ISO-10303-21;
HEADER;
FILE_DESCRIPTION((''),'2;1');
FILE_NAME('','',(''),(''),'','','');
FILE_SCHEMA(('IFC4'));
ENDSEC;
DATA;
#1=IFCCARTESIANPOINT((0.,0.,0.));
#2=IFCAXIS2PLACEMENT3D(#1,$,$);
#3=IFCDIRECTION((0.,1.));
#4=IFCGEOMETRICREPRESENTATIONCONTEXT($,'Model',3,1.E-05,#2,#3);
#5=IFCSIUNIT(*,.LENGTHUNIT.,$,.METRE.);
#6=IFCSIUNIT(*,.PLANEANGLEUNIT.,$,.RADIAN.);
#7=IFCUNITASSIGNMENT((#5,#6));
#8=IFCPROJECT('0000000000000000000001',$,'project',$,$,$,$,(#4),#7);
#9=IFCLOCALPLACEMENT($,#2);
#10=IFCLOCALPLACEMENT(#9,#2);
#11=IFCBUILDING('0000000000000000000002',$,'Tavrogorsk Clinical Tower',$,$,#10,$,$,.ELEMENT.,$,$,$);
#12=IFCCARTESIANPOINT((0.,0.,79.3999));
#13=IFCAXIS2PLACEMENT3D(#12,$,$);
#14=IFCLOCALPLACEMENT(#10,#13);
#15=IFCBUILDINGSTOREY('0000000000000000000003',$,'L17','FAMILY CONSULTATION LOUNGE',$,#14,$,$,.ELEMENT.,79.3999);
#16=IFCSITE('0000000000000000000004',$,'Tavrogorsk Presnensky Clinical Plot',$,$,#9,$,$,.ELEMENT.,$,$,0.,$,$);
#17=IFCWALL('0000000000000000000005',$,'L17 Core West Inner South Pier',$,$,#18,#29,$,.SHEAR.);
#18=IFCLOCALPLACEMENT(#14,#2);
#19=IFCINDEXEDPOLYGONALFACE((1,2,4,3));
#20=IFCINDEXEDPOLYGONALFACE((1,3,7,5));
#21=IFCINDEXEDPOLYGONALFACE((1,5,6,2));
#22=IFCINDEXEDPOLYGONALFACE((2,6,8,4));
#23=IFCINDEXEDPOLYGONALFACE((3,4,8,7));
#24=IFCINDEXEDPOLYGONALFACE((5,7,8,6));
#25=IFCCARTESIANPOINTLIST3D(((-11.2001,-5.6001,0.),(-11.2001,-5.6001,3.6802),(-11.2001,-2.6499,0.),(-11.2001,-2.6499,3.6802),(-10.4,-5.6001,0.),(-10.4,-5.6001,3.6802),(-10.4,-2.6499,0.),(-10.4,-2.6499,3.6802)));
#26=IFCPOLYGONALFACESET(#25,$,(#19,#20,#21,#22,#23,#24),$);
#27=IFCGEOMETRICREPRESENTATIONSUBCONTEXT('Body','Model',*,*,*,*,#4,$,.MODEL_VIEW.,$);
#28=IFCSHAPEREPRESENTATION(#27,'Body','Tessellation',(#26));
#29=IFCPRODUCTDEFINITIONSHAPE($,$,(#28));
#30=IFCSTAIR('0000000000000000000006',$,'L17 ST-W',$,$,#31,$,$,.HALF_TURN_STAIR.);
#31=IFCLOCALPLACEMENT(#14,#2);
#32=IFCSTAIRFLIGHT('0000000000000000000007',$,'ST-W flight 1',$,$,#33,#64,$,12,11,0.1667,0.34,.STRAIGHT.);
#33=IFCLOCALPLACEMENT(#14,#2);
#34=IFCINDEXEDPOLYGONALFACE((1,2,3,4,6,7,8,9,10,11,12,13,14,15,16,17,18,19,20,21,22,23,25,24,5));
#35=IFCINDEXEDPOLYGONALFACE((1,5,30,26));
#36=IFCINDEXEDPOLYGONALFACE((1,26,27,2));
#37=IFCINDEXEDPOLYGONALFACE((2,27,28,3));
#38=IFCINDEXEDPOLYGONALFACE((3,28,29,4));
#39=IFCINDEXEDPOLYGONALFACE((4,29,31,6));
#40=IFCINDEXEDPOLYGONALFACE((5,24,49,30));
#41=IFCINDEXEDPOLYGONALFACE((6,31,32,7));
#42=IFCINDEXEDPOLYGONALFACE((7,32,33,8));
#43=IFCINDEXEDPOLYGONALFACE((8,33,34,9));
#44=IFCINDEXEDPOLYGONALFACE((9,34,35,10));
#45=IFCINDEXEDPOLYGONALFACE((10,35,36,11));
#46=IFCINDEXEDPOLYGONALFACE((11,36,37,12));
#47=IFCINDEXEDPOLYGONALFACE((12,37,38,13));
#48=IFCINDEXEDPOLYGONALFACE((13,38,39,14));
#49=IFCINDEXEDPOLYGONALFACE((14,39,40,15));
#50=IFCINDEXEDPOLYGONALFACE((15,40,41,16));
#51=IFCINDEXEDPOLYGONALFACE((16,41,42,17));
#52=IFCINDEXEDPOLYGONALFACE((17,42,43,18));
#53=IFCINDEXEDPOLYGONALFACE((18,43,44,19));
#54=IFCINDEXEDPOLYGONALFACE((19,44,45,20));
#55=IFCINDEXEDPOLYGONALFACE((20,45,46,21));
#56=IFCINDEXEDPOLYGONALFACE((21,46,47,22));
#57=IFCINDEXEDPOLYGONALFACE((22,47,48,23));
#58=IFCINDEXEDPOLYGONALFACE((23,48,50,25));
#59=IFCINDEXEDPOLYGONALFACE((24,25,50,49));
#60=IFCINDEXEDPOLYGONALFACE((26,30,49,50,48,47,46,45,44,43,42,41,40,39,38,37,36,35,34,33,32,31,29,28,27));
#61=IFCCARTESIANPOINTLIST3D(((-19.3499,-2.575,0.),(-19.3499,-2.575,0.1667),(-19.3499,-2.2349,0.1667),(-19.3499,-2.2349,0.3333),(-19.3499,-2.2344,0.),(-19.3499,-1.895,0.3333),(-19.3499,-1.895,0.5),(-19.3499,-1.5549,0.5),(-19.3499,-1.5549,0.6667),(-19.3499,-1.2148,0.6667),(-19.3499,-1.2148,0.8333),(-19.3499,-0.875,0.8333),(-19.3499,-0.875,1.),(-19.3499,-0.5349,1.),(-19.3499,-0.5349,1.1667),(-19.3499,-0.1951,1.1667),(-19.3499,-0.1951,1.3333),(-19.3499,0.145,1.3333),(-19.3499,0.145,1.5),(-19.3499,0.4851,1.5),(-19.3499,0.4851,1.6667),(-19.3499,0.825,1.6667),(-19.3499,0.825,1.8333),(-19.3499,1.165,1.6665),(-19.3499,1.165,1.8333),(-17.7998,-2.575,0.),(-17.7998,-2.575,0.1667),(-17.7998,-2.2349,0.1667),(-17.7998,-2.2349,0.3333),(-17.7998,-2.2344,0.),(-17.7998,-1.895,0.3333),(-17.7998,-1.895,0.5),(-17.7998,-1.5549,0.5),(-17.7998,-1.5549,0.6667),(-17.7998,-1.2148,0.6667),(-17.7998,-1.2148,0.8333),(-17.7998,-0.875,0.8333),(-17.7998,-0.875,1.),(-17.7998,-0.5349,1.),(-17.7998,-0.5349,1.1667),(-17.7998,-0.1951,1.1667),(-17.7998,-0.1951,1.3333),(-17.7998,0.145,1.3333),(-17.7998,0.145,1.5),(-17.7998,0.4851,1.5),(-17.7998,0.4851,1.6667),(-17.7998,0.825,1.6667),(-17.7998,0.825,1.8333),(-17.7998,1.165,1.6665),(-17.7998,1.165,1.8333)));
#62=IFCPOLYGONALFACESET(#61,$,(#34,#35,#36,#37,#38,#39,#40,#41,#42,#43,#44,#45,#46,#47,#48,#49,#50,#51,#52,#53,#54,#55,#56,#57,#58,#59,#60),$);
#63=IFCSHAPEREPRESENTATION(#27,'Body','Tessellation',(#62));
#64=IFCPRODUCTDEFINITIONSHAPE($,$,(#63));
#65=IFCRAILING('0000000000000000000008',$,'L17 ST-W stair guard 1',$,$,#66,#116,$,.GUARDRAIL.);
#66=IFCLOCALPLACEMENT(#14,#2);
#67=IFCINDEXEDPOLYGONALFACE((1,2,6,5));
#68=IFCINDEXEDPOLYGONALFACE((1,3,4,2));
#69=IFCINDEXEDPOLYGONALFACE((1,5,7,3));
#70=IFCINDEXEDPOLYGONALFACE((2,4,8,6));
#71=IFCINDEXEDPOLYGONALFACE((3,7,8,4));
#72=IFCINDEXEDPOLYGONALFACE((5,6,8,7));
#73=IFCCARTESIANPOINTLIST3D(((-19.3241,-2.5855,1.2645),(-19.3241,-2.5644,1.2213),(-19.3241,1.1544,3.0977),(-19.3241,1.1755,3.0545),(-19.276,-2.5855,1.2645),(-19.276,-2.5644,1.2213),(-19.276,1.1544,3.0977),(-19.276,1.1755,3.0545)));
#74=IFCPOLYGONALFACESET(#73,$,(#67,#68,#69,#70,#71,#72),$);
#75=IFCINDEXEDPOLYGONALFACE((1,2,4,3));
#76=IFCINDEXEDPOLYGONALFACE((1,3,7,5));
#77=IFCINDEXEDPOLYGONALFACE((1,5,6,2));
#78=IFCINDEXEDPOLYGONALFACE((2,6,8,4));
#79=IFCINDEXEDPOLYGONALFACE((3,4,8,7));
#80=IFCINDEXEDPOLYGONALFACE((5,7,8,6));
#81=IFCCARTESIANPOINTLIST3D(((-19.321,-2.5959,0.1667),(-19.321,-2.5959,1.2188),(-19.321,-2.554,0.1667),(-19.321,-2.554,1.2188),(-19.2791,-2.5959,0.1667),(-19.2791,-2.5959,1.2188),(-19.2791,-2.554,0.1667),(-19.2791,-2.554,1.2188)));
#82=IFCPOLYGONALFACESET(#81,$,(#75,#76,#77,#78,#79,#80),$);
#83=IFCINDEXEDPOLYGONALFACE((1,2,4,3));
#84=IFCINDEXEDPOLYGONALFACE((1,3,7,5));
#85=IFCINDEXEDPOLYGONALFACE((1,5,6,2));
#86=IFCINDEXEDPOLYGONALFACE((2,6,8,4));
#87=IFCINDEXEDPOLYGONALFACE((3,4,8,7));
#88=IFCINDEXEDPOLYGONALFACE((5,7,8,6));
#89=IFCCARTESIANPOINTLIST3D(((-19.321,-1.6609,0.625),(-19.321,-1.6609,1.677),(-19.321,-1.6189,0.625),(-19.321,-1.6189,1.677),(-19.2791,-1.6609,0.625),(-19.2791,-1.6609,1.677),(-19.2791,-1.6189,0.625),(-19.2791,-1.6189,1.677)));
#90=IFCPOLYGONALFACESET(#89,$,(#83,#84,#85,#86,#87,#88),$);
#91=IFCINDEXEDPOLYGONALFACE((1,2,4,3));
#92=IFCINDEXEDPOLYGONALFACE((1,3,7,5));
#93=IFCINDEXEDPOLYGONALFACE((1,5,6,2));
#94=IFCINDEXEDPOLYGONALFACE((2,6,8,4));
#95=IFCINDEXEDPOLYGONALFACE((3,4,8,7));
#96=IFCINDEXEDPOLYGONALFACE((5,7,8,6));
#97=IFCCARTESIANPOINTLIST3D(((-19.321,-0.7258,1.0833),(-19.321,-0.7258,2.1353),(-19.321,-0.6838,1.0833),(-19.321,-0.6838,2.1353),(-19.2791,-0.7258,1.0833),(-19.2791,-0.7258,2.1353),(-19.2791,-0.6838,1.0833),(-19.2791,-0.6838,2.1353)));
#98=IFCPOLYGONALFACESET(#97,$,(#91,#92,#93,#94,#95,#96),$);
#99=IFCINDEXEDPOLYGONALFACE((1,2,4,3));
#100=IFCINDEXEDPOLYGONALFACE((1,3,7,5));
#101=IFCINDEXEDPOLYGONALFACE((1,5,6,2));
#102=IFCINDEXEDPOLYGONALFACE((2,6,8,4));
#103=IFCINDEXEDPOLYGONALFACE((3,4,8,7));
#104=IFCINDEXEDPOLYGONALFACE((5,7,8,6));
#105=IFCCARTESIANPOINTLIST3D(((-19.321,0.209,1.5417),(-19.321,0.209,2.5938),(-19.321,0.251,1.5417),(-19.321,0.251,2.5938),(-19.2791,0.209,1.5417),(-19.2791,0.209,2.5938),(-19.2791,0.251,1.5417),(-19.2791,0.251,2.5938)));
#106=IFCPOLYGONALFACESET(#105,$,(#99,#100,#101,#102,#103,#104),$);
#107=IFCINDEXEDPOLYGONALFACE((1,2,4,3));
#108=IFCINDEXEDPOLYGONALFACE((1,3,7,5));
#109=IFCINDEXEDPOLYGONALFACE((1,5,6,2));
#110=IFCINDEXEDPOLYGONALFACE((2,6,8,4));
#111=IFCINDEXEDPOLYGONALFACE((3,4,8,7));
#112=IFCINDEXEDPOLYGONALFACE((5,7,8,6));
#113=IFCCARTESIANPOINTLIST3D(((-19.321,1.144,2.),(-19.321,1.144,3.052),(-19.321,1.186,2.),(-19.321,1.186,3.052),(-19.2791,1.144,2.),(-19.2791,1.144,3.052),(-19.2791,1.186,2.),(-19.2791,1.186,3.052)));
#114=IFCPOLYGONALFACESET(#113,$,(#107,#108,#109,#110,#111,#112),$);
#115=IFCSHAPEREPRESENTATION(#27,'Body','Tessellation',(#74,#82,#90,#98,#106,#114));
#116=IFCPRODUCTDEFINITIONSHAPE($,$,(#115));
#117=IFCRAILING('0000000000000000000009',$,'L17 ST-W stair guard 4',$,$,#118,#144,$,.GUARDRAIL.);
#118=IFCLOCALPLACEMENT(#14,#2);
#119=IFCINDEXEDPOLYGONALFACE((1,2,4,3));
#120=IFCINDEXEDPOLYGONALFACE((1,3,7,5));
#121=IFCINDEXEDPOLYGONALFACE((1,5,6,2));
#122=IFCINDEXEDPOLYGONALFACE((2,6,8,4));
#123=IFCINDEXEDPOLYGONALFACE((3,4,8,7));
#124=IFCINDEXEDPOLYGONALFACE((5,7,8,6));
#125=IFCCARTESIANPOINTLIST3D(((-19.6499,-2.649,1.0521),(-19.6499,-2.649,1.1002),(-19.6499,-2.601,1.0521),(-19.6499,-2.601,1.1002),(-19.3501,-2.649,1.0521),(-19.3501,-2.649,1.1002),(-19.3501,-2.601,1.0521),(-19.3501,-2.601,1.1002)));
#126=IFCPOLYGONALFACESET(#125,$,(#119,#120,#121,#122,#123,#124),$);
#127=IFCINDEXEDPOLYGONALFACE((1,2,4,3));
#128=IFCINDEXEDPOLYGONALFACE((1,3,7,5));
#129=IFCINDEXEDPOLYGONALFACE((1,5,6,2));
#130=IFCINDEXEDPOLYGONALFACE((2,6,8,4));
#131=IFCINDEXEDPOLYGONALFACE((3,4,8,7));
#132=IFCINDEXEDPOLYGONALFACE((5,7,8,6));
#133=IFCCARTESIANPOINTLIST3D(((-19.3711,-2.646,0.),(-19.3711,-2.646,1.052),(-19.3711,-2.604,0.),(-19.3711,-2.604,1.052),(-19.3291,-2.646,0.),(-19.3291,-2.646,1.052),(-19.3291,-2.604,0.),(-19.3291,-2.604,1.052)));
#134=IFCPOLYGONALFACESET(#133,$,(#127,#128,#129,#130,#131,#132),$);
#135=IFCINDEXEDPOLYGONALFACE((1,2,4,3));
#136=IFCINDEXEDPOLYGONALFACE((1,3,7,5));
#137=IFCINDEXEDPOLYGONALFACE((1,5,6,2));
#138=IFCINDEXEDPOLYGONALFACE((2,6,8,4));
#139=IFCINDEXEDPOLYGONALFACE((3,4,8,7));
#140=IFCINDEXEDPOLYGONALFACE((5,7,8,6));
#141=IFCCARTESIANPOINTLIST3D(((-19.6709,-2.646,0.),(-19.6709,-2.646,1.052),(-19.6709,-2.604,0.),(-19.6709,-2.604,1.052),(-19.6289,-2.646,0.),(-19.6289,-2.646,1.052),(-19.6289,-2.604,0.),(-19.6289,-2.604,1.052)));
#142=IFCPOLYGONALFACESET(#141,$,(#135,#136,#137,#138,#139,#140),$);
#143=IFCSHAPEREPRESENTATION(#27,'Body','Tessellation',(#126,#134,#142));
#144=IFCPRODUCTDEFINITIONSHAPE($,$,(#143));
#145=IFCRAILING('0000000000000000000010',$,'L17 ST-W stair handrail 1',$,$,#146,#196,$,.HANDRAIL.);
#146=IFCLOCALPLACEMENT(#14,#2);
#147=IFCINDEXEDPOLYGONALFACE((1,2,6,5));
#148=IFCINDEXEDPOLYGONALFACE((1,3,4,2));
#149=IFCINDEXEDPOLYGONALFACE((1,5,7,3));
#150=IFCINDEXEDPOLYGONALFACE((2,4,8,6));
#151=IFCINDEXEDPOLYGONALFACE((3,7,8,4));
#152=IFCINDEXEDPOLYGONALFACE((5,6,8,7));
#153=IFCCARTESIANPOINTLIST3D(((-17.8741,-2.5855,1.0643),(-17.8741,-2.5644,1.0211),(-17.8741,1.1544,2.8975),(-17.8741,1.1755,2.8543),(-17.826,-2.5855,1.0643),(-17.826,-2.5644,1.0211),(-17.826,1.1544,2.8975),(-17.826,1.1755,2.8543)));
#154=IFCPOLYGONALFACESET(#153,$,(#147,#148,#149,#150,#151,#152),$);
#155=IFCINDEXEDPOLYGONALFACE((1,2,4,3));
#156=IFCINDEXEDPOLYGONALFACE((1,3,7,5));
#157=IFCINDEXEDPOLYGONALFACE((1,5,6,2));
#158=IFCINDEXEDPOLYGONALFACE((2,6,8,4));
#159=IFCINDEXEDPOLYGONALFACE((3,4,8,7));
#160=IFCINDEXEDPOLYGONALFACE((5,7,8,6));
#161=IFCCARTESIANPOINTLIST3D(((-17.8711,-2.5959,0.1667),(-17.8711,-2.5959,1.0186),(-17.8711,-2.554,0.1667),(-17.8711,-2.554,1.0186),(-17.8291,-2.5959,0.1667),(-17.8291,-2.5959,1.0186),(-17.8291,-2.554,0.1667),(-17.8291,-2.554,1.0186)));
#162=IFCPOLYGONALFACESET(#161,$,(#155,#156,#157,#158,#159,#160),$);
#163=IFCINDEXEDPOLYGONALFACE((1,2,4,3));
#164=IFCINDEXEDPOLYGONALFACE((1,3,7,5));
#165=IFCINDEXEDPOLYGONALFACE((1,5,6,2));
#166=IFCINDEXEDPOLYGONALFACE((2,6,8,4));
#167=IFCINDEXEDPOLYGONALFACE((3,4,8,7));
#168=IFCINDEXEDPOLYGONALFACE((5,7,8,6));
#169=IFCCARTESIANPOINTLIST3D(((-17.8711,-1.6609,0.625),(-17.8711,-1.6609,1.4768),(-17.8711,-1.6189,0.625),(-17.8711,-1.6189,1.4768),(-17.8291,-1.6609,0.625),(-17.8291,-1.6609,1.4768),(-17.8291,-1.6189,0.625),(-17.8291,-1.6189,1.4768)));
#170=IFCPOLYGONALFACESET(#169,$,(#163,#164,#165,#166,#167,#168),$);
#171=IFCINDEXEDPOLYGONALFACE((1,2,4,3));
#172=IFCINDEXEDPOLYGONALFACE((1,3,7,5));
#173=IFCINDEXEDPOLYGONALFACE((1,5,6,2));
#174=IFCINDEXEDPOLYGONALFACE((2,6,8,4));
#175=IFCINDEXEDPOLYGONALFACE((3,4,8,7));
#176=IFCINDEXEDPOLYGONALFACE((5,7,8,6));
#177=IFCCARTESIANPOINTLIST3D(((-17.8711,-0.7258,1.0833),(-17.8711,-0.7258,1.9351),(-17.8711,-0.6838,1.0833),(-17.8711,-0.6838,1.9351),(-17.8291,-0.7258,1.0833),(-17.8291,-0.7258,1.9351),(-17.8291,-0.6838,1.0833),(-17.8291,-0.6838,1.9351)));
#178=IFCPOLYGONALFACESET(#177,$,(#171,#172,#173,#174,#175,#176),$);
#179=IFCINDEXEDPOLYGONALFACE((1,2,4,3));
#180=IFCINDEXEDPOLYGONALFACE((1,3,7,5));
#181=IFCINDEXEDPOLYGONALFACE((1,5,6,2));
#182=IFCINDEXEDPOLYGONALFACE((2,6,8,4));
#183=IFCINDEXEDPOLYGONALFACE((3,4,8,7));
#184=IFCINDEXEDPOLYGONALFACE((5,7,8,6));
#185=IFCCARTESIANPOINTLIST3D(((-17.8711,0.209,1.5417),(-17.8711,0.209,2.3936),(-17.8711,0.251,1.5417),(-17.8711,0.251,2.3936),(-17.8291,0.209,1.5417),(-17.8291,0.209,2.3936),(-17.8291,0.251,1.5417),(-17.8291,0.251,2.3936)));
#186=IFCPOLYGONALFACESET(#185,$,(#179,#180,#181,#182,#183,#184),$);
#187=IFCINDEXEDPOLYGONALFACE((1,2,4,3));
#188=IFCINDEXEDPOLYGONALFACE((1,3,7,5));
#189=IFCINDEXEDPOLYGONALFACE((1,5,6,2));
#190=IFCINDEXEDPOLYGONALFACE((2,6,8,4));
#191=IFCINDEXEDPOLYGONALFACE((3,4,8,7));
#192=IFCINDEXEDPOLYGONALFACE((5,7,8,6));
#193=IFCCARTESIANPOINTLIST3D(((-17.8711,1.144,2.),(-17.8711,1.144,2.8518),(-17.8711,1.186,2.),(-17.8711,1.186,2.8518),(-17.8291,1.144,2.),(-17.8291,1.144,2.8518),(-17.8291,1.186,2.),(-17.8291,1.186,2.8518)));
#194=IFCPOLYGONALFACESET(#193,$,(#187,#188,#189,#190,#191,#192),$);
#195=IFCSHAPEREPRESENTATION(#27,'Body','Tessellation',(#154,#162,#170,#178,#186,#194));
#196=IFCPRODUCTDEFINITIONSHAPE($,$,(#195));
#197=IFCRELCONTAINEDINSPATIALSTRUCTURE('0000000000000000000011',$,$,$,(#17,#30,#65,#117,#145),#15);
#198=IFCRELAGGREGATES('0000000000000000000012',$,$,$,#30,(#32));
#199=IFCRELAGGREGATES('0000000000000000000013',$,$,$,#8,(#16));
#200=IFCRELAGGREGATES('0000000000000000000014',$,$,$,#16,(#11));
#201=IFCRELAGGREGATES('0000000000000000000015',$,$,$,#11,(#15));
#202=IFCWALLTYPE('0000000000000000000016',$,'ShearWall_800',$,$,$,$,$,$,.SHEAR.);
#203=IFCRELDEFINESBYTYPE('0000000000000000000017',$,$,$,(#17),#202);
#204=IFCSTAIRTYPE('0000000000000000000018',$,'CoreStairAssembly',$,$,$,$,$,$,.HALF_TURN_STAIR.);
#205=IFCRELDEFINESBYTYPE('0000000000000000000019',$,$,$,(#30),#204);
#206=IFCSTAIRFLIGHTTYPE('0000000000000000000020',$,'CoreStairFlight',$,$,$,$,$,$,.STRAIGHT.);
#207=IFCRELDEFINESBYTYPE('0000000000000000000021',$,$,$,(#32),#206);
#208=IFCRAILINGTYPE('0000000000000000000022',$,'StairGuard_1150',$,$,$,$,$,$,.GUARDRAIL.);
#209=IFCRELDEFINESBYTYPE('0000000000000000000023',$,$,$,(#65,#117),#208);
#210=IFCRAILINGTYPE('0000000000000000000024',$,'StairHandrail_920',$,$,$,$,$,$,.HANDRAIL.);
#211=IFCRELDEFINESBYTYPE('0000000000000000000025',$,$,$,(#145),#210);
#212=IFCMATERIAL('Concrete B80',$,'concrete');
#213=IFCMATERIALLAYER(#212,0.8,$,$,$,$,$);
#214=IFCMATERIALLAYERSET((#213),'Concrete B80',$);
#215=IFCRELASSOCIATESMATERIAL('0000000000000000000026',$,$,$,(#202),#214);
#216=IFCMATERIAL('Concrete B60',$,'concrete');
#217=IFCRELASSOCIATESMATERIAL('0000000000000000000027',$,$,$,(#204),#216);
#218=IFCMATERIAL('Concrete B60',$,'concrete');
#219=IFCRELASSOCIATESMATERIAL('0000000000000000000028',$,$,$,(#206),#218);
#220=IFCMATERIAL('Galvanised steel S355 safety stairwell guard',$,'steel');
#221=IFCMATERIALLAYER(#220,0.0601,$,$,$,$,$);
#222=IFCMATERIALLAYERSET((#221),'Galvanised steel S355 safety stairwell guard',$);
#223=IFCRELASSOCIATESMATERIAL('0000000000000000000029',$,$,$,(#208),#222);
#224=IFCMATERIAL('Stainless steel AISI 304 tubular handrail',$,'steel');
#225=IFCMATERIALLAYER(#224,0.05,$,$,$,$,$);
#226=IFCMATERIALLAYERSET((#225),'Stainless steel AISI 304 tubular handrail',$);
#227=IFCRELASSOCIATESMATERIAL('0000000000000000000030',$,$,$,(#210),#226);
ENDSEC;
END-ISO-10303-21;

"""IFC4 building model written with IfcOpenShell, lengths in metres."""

from ifc_helpers import new_model, si_unit, direction, frame, frame_2d, origin, origin_2d, place, context, subcontext, project, spatial, polyline, rectangle, outline, extrude, material, layer, layer_set, type_object, element, aggregate, save


model = new_model("IFC4")

# Units and contexts
model_context = context("Model", 3, precision=1e-05, world=origin(), true_north=direction((0.0, 1.0)))
body_context = subcontext(model_context, "Body", "Model", "MODEL_VIEW")
ifc_project = project(units=[si_unit("LENGTHUNIT", "METRE"), si_unit("PLANEANGLEUNIT", "RADIAN")], contexts=[model_context])

# Site, building, storey
site_placement = place(None, origin())
site = spatial("IfcSite", under=ifc_project, at=site_placement, Name="Tavrogorsk Presnensky Clinical Plot", CompositionType="ELEMENT", RefElevation=0.0)
building_placement = place(site_placement, origin())
building = spatial("IfcBuilding", under=site, at=building_placement, Name="Tavrogorsk Clinical Tower", CompositionType="ELEMENT")
storey_placement = place(building_placement, frame((0.0, 0.0, 79.3999)))
storey = spatial("IfcBuildingStorey", under=building, at=storey_placement, Name="L17", Description="FAMILY CONSULTATION LOUNGE", CompositionType="ELEMENT", Elevation=79.3999)

# Wall
ifc_material_1 = material(Name="Concrete B80", Category="concrete")
ifc_layer_1 = layer(ifc_material_1, 0.8)
ifc_layer_set_1 = layer_set([ifc_layer_1], Name="Concrete B80")
wall_type_1 = type_object("IfcWallType", Name="ShearWall_800", PredefinedType="SHEAR", material=ifc_layer_set_1)
wall_1_placement = place(storey_placement, frame((-10.8, -5.6001, 0.0), z_axis=(0.0, 0.0, 1.0), x_axis=(0.0, 1.0, 0.0)))
element("IfcWall", 1, at=wall_1_placement, inside=storey, type_object=wall_type_1, Name="L17 Core West Inner South Pier", PredefinedType="SHEAR", context=body_context, shape_type="SweptSolid", body=[
    extrude(rectangle(XDim=2.9502, YDim=0.8, at=frame_2d((1.4751, 0.0))), origin(), (0.0, 0.0, 1.0), 3.6802),
])

# Stair, stair flight
ifc_material_2 = material(Name="Concrete B60", Category="concrete")
stair_type = type_object("IfcStairType", Name="CoreStairAssembly", PredefinedType="HALF_TURN_STAIR", material=ifc_material_2)
stair_placement = place(storey_placement, origin())
stair = element("IfcStair", 2, at=stair_placement, inside=storey, type_object=stair_type, Name="L17 ST-W", PredefinedType="HALF_TURN_STAIR")
ifc_material_3 = material(Name="Concrete B60", Category="concrete")
stair_flight_type = type_object("IfcStairFlightType", Name="CoreStairFlight", PredefinedType="STRAIGHT", material=ifc_material_3)
stair_flight_placement = place(storey_placement, frame((-18.575, -2.575, 0.0), z_axis=(0.0, 0.0, 1.0), x_axis=(0.0, 1.0, 0.0)))
stair_flight = element("IfcStairFlight", 3, at=stair_flight_placement, type_object=stair_flight_type, Name="ST-W flight 1", NumberOfRisers=12, NumberOfTreads=11, PredefinedType="STRAIGHT", RiserHeight=0.1667, TreadLength=0.34, context=body_context, shape_type="SweptSolid", body=[
    extrude(outline(polyline([(0.0, 0.0), (0.0, 0.1667), (0.3401, 0.1667), (0.3401, 0.3333), (0.6799, 0.3333), (0.6799, 0.5), (1.02, 0.5), (1.02, 0.6667), (1.3601, 0.6667), (1.3601, 0.8333), (1.7, 0.8333), (1.7, 1.0), (2.04, 1.0), (2.04, 1.1667), (2.3799, 1.1667), (2.3799, 1.3333), (2.72, 1.3333), (2.72, 1.5), (3.0601, 1.5), (3.0601, 1.6667), (3.3999, 1.6667), (3.3999, 1.8333), (3.74, 1.8333), (3.74, 2.0), (3.74, 1.6665), (0.3406, 0.0), (0.0, 0.0)])), frame((0.0, 0.7749, 0.0), z_axis=(0.0, -1.0, 0.0), x_axis=(1.0, 0.0, 0.0)), (0.0, 0.0, 1.0), 1.55),
])
aggregate(stair, [stair_flight])

# Railings
ifc_material_4 = material(Name="Galvanised steel S355 safety stairwell guard", Category="steel")
ifc_layer_2 = layer(ifc_material_4, 0.0601)
ifc_layer_set_2 = layer_set([ifc_layer_2], Name="Galvanised steel S355 safety stairwell guard")
railing_type_1 = type_object("IfcRailingType", Name="StairGuard_1150", PredefinedType="GUARDRAIL", material=ifc_layer_set_2)
railing_1_placement = place(storey_placement, frame((-19.3, -2.575, 0.1667)))
element("IfcRailing", 4, at=railing_1_placement, inside=storey, type_object=railing_type_1, Name="L17 ST-W stair guard 1", PredefinedType="GUARDRAIL", context=body_context, shape_type="SweptSolid", body=[
    extrude(rectangle(XDim=0.0481, YDim=0.0481, at=origin_2d()), frame((0.0, 0.0, 1.0762), z_axis=(0.0, 0.897928, 0.440142), x_axis=(-1.0, 0.0, 0.0)), (0.0, 0.0, 1.0), 4.165),
    extrude(rectangle(XDim=0.042, YDim=0.042, at=origin_2d()), origin(), (0.0, 0.0, 1.0), 1.052),
    extrude(rectangle(XDim=0.042, YDim=0.042, at=origin_2d()), frame((0.0, 0.9351, 0.4583)), (0.0, 0.0, 1.0), 1.052),
    extrude(rectangle(XDim=0.042, YDim=0.042, at=origin_2d()), frame((0.0, 1.8701, 0.9165)), (0.0, 0.0, 1.0), 1.052),
    extrude(rectangle(XDim=0.042, YDim=0.042, at=origin_2d()), frame((0.0, 2.8049, 1.375)), (0.0, 0.0, 1.0), 1.052),
    extrude(rectangle(XDim=0.042, YDim=0.042, at=origin_2d()), frame((0.0, 3.74, 1.8333)), (0.0, 0.0, 1.0), 1.052),
])
railing_2_placement = place(storey_placement, frame((-19.3501, -2.625, 0.0)))
element("IfcRailing", 5, at=railing_2_placement, inside=storey, type_object=railing_type_1, Name="L17 ST-W stair guard 4", PredefinedType="GUARDRAIL", context=body_context, shape_type="SweptSolid", body=[
    extrude(rectangle(XDim=0.0481, YDim=0.0481, at=origin_2d()), frame((0.0, 0.0, 1.0762), z_axis=(-1.0, 0.0, 0.0), x_axis=(0.0, -1.0, 0.0)), (0.0, 0.0, 1.0), 0.2998),
    extrude(rectangle(XDim=0.042, YDim=0.042, at=origin_2d()), origin(), (0.0, 0.0, 1.0), 1.052),
    extrude(rectangle(XDim=0.042, YDim=0.042, at=origin_2d()), frame((-0.2998, 0.0, 0.0)), (0.0, 0.0, 1.0), 1.052),
])
ifc_material_5 = material(Name="Stainless steel AISI 304 tubular handrail", Category="steel")
ifc_layer_3 = layer(ifc_material_5, 0.05)
ifc_layer_set_3 = layer_set([ifc_layer_3], Name="Stainless steel AISI 304 tubular handrail")
railing_type_2 = type_object("IfcRailingType", Name="StairHandrail_920", PredefinedType="HANDRAIL", material=ifc_layer_set_3)
railing_3_placement = place(storey_placement, frame((-17.8501, -2.575, 0.1667)))
element("IfcRailing", 6, at=railing_3_placement, inside=storey, type_object=railing_type_2, Name="L17 ST-W stair handrail 1", PredefinedType="HANDRAIL", context=body_context, shape_type="SweptSolid", body=[
    extrude(rectangle(XDim=0.0481, YDim=0.0481, at=origin_2d()), frame((0.0, 0.0, 0.876), z_axis=(0.0, 0.897928, 0.440142), x_axis=(-1.0, 0.0, 0.0)), (0.0, 0.0, 1.0), 4.165),
    extrude(rectangle(XDim=0.042, YDim=0.042, at=origin_2d()), origin(), (0.0, 0.0, 1.0), 0.8518),
    extrude(rectangle(XDim=0.042, YDim=0.042, at=origin_2d()), frame((0.0, 0.9351, 0.4583)), (0.0, 0.0, 1.0), 0.8518),
    extrude(rectangle(XDim=0.042, YDim=0.042, at=origin_2d()), frame((0.0, 1.8701, 0.9165)), (0.0, 0.0, 1.0), 0.8518),
    extrude(rectangle(XDim=0.042, YDim=0.042, at=origin_2d()), frame((0.0, 2.8049, 1.375)), (0.0, 0.0, 1.0), 0.8518),
    extrude(rectangle(XDim=0.042, YDim=0.042, at=origin_2d()), frame((0.0, 3.74, 1.8333)), (0.0, 0.0, 1.0), 0.8518),
])

save(model, "model.ifc")
